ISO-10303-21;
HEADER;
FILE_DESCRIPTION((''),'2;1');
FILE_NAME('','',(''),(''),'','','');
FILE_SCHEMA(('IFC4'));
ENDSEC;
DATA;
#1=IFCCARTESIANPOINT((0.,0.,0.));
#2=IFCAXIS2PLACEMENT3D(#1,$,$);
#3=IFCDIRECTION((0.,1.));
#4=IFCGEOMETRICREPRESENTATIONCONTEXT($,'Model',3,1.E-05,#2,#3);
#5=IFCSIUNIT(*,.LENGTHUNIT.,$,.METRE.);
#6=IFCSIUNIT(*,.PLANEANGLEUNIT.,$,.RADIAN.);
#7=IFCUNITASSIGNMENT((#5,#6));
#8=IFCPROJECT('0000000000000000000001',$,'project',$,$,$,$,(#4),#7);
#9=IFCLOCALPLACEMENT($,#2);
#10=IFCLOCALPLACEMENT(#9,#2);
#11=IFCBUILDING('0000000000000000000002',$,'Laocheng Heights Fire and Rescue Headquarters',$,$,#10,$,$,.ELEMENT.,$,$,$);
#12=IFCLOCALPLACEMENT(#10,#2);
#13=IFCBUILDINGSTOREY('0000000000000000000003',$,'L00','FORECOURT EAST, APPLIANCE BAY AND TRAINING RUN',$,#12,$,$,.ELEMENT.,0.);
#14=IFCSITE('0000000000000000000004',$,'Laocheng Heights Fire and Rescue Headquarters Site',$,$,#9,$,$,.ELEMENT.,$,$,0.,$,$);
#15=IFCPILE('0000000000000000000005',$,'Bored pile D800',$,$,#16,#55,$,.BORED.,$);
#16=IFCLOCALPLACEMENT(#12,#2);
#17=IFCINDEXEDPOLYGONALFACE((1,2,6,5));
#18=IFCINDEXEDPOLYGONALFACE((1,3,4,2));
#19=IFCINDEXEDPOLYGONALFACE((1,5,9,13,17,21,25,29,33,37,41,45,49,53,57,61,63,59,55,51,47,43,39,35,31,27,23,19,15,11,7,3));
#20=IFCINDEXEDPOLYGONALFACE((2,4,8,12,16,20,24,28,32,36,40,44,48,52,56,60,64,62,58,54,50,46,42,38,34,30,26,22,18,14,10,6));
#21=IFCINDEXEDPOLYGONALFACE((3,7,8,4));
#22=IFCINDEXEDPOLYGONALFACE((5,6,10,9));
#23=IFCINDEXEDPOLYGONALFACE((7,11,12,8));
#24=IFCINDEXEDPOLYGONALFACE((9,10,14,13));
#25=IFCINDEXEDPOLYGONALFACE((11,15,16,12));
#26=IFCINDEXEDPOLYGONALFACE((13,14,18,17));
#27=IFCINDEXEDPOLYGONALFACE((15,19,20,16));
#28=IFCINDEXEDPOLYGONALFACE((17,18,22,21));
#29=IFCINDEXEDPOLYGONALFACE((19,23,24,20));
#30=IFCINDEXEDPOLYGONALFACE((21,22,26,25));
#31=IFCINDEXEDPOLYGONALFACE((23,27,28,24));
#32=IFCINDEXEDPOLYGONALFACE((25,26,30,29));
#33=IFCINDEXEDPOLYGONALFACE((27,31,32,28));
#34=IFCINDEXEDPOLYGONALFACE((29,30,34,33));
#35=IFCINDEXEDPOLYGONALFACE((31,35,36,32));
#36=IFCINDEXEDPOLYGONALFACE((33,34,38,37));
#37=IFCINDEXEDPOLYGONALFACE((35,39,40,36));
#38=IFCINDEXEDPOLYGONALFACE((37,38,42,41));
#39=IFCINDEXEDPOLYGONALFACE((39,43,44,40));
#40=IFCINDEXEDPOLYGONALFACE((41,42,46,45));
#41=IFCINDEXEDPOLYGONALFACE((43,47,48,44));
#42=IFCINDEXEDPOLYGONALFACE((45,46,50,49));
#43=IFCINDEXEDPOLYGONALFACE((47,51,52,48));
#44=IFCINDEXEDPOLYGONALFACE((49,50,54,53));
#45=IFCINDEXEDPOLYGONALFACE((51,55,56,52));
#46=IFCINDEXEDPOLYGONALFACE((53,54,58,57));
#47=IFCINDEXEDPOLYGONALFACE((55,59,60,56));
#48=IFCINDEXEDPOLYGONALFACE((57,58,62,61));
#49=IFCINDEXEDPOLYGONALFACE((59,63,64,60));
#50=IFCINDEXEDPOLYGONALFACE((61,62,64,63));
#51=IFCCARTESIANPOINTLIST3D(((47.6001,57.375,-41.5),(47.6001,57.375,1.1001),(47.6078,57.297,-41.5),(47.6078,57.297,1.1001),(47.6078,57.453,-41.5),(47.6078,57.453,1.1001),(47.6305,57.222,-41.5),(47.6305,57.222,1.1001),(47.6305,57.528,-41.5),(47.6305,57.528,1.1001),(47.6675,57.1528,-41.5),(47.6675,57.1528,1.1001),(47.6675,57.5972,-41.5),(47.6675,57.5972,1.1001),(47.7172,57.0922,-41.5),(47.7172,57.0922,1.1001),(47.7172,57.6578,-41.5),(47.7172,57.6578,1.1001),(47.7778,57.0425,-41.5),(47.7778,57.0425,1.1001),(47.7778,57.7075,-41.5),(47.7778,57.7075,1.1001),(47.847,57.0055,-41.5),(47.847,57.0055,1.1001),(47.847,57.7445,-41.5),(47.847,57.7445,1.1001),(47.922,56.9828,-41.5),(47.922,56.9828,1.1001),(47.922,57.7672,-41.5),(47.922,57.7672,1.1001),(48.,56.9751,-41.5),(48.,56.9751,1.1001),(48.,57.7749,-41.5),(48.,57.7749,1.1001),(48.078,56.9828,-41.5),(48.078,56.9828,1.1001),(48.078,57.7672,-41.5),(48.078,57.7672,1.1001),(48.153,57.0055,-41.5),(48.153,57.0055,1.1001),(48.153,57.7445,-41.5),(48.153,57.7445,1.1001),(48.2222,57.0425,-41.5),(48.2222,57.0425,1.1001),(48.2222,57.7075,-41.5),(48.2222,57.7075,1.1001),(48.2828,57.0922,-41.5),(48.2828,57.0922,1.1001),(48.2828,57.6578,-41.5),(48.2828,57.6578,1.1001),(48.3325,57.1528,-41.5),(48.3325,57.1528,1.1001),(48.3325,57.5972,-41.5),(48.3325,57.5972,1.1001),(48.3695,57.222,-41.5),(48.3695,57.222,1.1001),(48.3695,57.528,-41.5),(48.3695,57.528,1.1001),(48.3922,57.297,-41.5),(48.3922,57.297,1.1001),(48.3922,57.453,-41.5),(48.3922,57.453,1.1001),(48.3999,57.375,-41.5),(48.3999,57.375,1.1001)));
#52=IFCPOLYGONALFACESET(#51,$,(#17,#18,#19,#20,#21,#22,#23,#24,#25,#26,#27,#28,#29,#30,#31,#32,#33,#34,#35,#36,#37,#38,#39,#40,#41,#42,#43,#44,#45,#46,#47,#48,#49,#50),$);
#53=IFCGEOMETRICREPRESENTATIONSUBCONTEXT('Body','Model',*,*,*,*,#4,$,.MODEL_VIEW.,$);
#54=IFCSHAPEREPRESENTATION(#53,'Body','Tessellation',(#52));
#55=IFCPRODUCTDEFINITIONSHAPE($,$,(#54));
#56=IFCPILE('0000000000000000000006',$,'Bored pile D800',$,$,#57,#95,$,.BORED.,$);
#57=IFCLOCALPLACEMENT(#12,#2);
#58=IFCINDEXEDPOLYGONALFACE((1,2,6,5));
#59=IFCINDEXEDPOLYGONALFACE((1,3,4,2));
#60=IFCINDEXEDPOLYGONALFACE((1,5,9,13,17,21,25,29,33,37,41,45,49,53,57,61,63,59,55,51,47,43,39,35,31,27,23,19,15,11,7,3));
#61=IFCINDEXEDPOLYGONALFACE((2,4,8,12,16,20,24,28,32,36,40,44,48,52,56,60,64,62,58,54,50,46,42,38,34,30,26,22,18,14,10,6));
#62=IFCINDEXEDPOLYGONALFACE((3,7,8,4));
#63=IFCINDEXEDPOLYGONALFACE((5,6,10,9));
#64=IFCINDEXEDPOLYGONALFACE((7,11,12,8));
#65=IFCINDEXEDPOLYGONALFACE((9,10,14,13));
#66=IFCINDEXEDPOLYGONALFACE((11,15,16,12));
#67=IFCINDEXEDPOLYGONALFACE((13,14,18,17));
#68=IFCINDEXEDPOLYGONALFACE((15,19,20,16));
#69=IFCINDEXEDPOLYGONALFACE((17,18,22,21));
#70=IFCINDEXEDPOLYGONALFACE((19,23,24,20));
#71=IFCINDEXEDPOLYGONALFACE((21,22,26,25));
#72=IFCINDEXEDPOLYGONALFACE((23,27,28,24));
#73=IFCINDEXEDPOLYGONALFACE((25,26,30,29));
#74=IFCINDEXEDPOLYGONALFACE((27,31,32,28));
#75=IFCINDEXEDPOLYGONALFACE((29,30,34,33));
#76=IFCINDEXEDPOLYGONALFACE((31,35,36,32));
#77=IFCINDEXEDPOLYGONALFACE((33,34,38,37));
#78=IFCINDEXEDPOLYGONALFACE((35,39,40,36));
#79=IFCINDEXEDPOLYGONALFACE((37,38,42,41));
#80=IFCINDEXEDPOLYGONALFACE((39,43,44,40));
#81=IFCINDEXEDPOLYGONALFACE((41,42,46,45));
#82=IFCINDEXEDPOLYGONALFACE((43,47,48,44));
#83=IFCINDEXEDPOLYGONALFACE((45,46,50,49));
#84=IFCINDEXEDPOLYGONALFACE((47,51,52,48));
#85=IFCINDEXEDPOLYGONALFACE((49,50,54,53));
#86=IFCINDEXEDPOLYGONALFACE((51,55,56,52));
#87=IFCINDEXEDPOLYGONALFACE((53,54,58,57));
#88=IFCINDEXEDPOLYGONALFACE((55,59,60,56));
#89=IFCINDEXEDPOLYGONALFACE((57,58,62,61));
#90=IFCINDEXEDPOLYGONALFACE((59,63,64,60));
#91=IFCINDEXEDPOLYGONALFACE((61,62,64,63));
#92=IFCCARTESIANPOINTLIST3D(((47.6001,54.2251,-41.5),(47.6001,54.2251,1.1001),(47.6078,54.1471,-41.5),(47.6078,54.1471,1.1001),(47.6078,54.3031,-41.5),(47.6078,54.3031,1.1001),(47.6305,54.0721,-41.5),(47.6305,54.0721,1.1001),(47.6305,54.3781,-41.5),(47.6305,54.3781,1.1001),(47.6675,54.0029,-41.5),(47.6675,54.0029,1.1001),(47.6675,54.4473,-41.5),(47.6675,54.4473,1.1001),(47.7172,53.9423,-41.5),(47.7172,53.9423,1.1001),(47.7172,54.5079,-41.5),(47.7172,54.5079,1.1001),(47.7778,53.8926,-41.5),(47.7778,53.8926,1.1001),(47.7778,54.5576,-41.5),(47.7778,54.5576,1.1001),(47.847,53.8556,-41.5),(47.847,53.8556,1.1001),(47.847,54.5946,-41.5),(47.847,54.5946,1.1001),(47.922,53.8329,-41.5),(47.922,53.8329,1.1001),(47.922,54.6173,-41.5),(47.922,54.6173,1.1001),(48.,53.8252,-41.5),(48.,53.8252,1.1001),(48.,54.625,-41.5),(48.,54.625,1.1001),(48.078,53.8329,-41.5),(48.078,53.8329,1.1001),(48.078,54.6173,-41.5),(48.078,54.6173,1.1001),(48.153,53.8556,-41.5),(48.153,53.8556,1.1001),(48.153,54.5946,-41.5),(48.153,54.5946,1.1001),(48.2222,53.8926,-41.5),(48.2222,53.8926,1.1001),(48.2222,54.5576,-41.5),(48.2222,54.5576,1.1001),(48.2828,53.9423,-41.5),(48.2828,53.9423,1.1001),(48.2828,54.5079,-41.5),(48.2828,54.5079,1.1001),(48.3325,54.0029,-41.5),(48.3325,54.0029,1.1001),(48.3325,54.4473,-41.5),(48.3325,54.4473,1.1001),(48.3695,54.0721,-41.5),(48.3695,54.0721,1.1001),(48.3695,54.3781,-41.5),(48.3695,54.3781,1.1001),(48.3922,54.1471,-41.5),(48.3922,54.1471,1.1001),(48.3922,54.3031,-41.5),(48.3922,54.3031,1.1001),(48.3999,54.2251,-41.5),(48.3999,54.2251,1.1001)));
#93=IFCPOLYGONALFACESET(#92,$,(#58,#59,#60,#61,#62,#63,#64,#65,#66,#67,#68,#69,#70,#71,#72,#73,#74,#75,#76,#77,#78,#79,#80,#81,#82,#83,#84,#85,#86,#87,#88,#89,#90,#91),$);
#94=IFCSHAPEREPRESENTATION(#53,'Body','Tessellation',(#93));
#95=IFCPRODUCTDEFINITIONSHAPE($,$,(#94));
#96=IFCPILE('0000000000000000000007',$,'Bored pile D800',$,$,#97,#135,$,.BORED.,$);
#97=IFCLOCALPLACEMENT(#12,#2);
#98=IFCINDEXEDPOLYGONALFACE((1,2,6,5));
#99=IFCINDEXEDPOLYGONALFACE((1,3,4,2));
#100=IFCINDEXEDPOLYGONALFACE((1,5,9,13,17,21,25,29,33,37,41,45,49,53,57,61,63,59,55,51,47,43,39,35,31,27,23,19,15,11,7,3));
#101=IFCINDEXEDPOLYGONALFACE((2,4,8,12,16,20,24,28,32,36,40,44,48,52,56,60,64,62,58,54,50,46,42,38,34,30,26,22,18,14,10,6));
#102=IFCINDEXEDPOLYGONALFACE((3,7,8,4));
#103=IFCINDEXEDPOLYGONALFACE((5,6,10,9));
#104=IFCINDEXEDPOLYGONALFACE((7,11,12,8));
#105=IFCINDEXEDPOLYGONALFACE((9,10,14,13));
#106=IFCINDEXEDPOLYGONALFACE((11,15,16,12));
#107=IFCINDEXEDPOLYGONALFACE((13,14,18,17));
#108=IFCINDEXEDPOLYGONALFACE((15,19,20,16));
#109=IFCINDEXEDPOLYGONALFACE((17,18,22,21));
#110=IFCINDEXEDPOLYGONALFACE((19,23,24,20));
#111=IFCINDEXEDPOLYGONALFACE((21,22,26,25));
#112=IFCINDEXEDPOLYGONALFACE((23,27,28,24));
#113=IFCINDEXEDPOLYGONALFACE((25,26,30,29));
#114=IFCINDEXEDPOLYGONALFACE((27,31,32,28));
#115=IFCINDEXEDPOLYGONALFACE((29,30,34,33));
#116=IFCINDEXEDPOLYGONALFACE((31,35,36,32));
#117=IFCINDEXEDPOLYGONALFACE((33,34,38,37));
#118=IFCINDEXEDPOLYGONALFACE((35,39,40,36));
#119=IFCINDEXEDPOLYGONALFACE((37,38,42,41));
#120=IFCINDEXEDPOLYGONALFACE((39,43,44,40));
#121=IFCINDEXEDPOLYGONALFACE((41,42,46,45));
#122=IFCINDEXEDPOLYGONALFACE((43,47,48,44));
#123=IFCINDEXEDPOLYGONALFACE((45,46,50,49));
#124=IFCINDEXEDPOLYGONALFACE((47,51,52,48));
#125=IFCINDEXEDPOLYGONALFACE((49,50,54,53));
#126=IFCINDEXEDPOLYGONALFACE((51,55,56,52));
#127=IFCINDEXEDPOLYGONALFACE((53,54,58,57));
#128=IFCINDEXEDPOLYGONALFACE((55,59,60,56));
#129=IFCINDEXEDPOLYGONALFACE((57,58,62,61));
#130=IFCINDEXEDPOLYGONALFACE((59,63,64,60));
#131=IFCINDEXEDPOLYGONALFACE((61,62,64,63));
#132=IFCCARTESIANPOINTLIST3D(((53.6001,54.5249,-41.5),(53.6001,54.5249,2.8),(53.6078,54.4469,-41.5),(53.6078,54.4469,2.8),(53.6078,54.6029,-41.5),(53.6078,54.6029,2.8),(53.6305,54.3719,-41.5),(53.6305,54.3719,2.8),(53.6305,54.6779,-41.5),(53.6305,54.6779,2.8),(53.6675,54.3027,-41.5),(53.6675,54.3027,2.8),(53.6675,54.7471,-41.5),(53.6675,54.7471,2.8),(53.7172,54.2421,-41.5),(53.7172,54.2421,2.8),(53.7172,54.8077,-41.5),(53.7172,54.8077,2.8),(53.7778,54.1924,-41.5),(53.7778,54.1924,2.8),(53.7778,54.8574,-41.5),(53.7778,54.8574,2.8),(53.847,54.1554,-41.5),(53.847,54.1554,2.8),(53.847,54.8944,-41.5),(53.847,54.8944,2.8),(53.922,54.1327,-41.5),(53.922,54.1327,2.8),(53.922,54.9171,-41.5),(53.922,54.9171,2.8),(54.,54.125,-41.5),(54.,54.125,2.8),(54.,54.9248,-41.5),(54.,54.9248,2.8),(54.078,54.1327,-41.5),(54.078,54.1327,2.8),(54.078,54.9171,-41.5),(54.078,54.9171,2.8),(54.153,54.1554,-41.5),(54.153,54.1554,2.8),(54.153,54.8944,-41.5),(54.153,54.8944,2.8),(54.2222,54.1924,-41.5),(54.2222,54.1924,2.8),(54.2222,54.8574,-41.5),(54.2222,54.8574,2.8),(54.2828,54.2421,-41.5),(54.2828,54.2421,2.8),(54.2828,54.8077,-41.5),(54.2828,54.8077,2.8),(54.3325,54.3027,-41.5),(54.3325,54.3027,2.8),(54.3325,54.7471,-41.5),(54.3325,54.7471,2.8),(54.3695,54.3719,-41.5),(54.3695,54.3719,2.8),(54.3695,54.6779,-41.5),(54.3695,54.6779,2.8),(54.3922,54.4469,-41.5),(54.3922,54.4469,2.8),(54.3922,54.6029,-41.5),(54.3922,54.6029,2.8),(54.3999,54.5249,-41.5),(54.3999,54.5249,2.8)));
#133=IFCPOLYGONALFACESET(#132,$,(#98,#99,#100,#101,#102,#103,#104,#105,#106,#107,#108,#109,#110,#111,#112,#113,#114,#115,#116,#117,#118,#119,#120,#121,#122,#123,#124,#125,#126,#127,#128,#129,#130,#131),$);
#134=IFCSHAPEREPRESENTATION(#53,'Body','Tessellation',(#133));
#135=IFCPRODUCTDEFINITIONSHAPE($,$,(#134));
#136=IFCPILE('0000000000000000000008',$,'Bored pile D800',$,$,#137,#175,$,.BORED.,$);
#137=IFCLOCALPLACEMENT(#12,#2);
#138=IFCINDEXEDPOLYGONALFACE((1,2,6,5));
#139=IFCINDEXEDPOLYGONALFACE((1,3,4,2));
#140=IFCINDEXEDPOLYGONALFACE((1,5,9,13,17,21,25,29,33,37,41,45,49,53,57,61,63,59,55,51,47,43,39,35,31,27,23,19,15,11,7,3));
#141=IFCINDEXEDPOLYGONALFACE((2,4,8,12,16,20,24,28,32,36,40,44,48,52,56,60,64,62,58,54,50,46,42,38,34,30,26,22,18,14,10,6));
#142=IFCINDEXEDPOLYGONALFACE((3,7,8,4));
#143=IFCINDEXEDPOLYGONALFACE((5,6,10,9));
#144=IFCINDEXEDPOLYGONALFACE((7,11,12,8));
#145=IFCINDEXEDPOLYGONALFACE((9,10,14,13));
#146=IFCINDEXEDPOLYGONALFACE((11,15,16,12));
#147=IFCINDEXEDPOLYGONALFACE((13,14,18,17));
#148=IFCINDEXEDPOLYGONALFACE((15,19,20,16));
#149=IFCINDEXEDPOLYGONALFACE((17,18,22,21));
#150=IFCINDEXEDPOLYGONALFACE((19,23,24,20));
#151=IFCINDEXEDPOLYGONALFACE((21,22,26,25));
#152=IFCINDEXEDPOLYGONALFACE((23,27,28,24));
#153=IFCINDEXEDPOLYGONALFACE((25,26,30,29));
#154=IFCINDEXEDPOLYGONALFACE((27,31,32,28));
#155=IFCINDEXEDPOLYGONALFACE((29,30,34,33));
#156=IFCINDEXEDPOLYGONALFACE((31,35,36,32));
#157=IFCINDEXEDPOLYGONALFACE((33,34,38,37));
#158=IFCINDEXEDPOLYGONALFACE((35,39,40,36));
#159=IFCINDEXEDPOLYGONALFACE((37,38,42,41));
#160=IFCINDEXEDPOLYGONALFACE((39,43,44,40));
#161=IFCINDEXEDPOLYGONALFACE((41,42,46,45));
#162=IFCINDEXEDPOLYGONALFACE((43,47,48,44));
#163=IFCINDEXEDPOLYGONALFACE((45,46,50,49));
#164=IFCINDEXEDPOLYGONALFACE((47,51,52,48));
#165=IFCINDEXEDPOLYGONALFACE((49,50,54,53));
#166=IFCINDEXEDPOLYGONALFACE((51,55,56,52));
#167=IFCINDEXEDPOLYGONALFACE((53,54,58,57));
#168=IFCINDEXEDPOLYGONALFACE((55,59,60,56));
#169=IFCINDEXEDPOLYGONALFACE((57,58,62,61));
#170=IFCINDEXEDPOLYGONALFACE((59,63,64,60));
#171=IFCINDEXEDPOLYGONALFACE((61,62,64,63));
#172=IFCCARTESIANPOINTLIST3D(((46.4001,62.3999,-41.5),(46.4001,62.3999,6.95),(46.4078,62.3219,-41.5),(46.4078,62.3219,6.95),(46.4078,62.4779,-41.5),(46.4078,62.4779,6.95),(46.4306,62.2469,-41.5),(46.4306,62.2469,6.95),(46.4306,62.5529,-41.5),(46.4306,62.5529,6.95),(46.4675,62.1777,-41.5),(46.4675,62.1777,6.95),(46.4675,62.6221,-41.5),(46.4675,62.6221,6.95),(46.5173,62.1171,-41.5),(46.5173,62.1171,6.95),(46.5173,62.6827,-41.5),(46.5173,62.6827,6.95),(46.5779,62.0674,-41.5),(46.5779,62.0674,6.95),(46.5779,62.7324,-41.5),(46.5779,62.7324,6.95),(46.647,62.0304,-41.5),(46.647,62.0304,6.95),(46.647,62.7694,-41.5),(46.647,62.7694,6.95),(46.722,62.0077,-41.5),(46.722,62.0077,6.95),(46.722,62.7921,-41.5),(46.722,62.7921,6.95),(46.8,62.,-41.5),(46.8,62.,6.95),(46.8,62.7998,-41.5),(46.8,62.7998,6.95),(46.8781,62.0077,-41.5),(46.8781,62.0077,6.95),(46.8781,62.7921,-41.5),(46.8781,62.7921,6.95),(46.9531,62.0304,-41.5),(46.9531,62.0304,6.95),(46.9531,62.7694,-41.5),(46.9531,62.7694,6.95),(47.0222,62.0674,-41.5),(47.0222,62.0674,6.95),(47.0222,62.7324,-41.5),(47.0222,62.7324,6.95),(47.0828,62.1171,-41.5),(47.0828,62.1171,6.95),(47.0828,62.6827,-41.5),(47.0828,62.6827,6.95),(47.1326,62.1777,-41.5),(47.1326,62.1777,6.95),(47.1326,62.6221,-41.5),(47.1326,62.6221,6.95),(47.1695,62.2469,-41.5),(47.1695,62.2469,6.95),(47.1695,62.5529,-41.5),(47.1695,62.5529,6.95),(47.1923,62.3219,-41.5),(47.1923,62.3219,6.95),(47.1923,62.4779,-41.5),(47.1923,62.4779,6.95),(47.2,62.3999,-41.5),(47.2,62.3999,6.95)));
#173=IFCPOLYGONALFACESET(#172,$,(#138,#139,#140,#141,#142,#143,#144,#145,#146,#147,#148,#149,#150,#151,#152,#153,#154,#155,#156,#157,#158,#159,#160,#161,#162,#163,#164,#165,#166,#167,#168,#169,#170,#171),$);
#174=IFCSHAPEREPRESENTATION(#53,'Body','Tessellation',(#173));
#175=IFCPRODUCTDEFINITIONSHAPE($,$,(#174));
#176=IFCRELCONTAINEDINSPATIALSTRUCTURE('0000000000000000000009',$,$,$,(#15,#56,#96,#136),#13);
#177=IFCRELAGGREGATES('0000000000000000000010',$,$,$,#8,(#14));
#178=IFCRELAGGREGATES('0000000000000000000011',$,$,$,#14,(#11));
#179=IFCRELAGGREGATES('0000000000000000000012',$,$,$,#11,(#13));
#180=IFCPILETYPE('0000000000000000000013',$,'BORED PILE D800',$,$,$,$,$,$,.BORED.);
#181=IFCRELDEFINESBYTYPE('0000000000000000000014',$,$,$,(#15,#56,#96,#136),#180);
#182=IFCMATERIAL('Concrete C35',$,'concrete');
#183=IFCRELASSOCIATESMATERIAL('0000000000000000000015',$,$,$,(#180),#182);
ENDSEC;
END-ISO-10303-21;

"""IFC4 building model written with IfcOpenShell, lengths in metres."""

from ifc_helpers import new_model, si_unit, direction, frame, origin, origin_2d, place, context, subcontext, project, spatial, circle, extrude, material, material_profile, profile_set, type_object, element, save


model = new_model("IFC4")

# Units and contexts
model_context = context("Model", 3, precision=1e-05, world=origin(), true_north=direction((0.0, 1.0)))
body_context = subcontext(model_context, "Body", "Model", "MODEL_VIEW")
ifc_project = project(units=[si_unit("LENGTHUNIT", "METRE"), si_unit("PLANEANGLEUNIT", "RADIAN")], contexts=[model_context])

# Site, building, storey
site_placement = place(None, origin())
site = spatial("IfcSite", under=ifc_project, at=site_placement, Name="Laocheng Heights Fire and Rescue Headquarters Site", CompositionType="ELEMENT", RefElevation=0.0)
building_placement = place(site_placement, origin())
building = spatial("IfcBuilding", under=site, at=building_placement, Name="Laocheng Heights Fire and Rescue Headquarters", CompositionType="ELEMENT")
storey_placement = place(building_placement, origin())
storey = spatial("IfcBuildingStorey", under=building, at=storey_placement, Name="L00", Description="FORECOURT EAST, APPLIANCE BAY AND TRAINING RUN", CompositionType="ELEMENT", Elevation=0.0)

# Piles
ifc_material_1 = material(Name="Concrete C35", Category="concrete")
ifc_material_profile_1 = material_profile(ifc_material_1, circle(Radius=0.3999, at=origin_2d()), Name="BORED PILE D800")
ifc_profile_set_1 = profile_set([ifc_material_profile_1], Name="Concrete C35")
pile_type_1 = type_object("IfcPileType", Name="BORED PILE D800", PredefinedType="BORED", material=ifc_profile_set_1)
for number, where, z_axis, x_axis, name in (
    (1, (48.0, 57.375, 1.1001), (0.0, 0.0, -1.0), (1.0, 0.0, 0.0), "Bored pile D800"),
    (2, (48.0, 54.2251, 1.1001), (0.0, 0.0, -1.0), (1.0, 0.0, 0.0), "Bored pile D800"),
):
    element("IfcPile", number, at=place(storey_placement, frame(where, z_axis=z_axis, x_axis=x_axis)), inside=storey, type_object=pile_type_1, Name=name, PredefinedType="BORED", context=body_context, shape_type="SweptSolid", body=[
        extrude(circle(Radius=0.3999, at=origin_2d()), origin(), (0.0, 0.0, 1.0), 42.6001),
    ])
pile_placement = place(storey_placement, frame((54.0, 54.5249, 2.8), z_axis=(0.0, 0.0, -1.0), x_axis=(1.0, 0.0, 0.0)))
element("IfcPile", 3, at=pile_placement, inside=storey, type_object=pile_type_1, Name="Bored pile D800", PredefinedType="BORED", context=body_context, shape_type="SweptSolid", body=[
    extrude(circle(Radius=0.3999, at=origin_2d()), origin(), (0.0, 0.0, 1.0), 44.3),
])
for number, where, z_axis, x_axis, name in (
    (4, (46.8, 62.3999, 6.95), (0.0, 0.0, -1.0), (1.0, 0.0, 0.0), "Bored pile D800"),
):
    element("IfcPile", number, at=place(storey_placement, frame(where, z_axis=z_axis, x_axis=x_axis)), inside=storey, type_object=pile_type_1, Name=name, PredefinedType="BORED", context=body_context, shape_type="SweptSolid", body=[
        extrude(circle(Radius=0.3999, at=origin_2d()), origin(), (0.0, 0.0, 1.0), 48.45),
    ])

save(model, "model.ifc")
